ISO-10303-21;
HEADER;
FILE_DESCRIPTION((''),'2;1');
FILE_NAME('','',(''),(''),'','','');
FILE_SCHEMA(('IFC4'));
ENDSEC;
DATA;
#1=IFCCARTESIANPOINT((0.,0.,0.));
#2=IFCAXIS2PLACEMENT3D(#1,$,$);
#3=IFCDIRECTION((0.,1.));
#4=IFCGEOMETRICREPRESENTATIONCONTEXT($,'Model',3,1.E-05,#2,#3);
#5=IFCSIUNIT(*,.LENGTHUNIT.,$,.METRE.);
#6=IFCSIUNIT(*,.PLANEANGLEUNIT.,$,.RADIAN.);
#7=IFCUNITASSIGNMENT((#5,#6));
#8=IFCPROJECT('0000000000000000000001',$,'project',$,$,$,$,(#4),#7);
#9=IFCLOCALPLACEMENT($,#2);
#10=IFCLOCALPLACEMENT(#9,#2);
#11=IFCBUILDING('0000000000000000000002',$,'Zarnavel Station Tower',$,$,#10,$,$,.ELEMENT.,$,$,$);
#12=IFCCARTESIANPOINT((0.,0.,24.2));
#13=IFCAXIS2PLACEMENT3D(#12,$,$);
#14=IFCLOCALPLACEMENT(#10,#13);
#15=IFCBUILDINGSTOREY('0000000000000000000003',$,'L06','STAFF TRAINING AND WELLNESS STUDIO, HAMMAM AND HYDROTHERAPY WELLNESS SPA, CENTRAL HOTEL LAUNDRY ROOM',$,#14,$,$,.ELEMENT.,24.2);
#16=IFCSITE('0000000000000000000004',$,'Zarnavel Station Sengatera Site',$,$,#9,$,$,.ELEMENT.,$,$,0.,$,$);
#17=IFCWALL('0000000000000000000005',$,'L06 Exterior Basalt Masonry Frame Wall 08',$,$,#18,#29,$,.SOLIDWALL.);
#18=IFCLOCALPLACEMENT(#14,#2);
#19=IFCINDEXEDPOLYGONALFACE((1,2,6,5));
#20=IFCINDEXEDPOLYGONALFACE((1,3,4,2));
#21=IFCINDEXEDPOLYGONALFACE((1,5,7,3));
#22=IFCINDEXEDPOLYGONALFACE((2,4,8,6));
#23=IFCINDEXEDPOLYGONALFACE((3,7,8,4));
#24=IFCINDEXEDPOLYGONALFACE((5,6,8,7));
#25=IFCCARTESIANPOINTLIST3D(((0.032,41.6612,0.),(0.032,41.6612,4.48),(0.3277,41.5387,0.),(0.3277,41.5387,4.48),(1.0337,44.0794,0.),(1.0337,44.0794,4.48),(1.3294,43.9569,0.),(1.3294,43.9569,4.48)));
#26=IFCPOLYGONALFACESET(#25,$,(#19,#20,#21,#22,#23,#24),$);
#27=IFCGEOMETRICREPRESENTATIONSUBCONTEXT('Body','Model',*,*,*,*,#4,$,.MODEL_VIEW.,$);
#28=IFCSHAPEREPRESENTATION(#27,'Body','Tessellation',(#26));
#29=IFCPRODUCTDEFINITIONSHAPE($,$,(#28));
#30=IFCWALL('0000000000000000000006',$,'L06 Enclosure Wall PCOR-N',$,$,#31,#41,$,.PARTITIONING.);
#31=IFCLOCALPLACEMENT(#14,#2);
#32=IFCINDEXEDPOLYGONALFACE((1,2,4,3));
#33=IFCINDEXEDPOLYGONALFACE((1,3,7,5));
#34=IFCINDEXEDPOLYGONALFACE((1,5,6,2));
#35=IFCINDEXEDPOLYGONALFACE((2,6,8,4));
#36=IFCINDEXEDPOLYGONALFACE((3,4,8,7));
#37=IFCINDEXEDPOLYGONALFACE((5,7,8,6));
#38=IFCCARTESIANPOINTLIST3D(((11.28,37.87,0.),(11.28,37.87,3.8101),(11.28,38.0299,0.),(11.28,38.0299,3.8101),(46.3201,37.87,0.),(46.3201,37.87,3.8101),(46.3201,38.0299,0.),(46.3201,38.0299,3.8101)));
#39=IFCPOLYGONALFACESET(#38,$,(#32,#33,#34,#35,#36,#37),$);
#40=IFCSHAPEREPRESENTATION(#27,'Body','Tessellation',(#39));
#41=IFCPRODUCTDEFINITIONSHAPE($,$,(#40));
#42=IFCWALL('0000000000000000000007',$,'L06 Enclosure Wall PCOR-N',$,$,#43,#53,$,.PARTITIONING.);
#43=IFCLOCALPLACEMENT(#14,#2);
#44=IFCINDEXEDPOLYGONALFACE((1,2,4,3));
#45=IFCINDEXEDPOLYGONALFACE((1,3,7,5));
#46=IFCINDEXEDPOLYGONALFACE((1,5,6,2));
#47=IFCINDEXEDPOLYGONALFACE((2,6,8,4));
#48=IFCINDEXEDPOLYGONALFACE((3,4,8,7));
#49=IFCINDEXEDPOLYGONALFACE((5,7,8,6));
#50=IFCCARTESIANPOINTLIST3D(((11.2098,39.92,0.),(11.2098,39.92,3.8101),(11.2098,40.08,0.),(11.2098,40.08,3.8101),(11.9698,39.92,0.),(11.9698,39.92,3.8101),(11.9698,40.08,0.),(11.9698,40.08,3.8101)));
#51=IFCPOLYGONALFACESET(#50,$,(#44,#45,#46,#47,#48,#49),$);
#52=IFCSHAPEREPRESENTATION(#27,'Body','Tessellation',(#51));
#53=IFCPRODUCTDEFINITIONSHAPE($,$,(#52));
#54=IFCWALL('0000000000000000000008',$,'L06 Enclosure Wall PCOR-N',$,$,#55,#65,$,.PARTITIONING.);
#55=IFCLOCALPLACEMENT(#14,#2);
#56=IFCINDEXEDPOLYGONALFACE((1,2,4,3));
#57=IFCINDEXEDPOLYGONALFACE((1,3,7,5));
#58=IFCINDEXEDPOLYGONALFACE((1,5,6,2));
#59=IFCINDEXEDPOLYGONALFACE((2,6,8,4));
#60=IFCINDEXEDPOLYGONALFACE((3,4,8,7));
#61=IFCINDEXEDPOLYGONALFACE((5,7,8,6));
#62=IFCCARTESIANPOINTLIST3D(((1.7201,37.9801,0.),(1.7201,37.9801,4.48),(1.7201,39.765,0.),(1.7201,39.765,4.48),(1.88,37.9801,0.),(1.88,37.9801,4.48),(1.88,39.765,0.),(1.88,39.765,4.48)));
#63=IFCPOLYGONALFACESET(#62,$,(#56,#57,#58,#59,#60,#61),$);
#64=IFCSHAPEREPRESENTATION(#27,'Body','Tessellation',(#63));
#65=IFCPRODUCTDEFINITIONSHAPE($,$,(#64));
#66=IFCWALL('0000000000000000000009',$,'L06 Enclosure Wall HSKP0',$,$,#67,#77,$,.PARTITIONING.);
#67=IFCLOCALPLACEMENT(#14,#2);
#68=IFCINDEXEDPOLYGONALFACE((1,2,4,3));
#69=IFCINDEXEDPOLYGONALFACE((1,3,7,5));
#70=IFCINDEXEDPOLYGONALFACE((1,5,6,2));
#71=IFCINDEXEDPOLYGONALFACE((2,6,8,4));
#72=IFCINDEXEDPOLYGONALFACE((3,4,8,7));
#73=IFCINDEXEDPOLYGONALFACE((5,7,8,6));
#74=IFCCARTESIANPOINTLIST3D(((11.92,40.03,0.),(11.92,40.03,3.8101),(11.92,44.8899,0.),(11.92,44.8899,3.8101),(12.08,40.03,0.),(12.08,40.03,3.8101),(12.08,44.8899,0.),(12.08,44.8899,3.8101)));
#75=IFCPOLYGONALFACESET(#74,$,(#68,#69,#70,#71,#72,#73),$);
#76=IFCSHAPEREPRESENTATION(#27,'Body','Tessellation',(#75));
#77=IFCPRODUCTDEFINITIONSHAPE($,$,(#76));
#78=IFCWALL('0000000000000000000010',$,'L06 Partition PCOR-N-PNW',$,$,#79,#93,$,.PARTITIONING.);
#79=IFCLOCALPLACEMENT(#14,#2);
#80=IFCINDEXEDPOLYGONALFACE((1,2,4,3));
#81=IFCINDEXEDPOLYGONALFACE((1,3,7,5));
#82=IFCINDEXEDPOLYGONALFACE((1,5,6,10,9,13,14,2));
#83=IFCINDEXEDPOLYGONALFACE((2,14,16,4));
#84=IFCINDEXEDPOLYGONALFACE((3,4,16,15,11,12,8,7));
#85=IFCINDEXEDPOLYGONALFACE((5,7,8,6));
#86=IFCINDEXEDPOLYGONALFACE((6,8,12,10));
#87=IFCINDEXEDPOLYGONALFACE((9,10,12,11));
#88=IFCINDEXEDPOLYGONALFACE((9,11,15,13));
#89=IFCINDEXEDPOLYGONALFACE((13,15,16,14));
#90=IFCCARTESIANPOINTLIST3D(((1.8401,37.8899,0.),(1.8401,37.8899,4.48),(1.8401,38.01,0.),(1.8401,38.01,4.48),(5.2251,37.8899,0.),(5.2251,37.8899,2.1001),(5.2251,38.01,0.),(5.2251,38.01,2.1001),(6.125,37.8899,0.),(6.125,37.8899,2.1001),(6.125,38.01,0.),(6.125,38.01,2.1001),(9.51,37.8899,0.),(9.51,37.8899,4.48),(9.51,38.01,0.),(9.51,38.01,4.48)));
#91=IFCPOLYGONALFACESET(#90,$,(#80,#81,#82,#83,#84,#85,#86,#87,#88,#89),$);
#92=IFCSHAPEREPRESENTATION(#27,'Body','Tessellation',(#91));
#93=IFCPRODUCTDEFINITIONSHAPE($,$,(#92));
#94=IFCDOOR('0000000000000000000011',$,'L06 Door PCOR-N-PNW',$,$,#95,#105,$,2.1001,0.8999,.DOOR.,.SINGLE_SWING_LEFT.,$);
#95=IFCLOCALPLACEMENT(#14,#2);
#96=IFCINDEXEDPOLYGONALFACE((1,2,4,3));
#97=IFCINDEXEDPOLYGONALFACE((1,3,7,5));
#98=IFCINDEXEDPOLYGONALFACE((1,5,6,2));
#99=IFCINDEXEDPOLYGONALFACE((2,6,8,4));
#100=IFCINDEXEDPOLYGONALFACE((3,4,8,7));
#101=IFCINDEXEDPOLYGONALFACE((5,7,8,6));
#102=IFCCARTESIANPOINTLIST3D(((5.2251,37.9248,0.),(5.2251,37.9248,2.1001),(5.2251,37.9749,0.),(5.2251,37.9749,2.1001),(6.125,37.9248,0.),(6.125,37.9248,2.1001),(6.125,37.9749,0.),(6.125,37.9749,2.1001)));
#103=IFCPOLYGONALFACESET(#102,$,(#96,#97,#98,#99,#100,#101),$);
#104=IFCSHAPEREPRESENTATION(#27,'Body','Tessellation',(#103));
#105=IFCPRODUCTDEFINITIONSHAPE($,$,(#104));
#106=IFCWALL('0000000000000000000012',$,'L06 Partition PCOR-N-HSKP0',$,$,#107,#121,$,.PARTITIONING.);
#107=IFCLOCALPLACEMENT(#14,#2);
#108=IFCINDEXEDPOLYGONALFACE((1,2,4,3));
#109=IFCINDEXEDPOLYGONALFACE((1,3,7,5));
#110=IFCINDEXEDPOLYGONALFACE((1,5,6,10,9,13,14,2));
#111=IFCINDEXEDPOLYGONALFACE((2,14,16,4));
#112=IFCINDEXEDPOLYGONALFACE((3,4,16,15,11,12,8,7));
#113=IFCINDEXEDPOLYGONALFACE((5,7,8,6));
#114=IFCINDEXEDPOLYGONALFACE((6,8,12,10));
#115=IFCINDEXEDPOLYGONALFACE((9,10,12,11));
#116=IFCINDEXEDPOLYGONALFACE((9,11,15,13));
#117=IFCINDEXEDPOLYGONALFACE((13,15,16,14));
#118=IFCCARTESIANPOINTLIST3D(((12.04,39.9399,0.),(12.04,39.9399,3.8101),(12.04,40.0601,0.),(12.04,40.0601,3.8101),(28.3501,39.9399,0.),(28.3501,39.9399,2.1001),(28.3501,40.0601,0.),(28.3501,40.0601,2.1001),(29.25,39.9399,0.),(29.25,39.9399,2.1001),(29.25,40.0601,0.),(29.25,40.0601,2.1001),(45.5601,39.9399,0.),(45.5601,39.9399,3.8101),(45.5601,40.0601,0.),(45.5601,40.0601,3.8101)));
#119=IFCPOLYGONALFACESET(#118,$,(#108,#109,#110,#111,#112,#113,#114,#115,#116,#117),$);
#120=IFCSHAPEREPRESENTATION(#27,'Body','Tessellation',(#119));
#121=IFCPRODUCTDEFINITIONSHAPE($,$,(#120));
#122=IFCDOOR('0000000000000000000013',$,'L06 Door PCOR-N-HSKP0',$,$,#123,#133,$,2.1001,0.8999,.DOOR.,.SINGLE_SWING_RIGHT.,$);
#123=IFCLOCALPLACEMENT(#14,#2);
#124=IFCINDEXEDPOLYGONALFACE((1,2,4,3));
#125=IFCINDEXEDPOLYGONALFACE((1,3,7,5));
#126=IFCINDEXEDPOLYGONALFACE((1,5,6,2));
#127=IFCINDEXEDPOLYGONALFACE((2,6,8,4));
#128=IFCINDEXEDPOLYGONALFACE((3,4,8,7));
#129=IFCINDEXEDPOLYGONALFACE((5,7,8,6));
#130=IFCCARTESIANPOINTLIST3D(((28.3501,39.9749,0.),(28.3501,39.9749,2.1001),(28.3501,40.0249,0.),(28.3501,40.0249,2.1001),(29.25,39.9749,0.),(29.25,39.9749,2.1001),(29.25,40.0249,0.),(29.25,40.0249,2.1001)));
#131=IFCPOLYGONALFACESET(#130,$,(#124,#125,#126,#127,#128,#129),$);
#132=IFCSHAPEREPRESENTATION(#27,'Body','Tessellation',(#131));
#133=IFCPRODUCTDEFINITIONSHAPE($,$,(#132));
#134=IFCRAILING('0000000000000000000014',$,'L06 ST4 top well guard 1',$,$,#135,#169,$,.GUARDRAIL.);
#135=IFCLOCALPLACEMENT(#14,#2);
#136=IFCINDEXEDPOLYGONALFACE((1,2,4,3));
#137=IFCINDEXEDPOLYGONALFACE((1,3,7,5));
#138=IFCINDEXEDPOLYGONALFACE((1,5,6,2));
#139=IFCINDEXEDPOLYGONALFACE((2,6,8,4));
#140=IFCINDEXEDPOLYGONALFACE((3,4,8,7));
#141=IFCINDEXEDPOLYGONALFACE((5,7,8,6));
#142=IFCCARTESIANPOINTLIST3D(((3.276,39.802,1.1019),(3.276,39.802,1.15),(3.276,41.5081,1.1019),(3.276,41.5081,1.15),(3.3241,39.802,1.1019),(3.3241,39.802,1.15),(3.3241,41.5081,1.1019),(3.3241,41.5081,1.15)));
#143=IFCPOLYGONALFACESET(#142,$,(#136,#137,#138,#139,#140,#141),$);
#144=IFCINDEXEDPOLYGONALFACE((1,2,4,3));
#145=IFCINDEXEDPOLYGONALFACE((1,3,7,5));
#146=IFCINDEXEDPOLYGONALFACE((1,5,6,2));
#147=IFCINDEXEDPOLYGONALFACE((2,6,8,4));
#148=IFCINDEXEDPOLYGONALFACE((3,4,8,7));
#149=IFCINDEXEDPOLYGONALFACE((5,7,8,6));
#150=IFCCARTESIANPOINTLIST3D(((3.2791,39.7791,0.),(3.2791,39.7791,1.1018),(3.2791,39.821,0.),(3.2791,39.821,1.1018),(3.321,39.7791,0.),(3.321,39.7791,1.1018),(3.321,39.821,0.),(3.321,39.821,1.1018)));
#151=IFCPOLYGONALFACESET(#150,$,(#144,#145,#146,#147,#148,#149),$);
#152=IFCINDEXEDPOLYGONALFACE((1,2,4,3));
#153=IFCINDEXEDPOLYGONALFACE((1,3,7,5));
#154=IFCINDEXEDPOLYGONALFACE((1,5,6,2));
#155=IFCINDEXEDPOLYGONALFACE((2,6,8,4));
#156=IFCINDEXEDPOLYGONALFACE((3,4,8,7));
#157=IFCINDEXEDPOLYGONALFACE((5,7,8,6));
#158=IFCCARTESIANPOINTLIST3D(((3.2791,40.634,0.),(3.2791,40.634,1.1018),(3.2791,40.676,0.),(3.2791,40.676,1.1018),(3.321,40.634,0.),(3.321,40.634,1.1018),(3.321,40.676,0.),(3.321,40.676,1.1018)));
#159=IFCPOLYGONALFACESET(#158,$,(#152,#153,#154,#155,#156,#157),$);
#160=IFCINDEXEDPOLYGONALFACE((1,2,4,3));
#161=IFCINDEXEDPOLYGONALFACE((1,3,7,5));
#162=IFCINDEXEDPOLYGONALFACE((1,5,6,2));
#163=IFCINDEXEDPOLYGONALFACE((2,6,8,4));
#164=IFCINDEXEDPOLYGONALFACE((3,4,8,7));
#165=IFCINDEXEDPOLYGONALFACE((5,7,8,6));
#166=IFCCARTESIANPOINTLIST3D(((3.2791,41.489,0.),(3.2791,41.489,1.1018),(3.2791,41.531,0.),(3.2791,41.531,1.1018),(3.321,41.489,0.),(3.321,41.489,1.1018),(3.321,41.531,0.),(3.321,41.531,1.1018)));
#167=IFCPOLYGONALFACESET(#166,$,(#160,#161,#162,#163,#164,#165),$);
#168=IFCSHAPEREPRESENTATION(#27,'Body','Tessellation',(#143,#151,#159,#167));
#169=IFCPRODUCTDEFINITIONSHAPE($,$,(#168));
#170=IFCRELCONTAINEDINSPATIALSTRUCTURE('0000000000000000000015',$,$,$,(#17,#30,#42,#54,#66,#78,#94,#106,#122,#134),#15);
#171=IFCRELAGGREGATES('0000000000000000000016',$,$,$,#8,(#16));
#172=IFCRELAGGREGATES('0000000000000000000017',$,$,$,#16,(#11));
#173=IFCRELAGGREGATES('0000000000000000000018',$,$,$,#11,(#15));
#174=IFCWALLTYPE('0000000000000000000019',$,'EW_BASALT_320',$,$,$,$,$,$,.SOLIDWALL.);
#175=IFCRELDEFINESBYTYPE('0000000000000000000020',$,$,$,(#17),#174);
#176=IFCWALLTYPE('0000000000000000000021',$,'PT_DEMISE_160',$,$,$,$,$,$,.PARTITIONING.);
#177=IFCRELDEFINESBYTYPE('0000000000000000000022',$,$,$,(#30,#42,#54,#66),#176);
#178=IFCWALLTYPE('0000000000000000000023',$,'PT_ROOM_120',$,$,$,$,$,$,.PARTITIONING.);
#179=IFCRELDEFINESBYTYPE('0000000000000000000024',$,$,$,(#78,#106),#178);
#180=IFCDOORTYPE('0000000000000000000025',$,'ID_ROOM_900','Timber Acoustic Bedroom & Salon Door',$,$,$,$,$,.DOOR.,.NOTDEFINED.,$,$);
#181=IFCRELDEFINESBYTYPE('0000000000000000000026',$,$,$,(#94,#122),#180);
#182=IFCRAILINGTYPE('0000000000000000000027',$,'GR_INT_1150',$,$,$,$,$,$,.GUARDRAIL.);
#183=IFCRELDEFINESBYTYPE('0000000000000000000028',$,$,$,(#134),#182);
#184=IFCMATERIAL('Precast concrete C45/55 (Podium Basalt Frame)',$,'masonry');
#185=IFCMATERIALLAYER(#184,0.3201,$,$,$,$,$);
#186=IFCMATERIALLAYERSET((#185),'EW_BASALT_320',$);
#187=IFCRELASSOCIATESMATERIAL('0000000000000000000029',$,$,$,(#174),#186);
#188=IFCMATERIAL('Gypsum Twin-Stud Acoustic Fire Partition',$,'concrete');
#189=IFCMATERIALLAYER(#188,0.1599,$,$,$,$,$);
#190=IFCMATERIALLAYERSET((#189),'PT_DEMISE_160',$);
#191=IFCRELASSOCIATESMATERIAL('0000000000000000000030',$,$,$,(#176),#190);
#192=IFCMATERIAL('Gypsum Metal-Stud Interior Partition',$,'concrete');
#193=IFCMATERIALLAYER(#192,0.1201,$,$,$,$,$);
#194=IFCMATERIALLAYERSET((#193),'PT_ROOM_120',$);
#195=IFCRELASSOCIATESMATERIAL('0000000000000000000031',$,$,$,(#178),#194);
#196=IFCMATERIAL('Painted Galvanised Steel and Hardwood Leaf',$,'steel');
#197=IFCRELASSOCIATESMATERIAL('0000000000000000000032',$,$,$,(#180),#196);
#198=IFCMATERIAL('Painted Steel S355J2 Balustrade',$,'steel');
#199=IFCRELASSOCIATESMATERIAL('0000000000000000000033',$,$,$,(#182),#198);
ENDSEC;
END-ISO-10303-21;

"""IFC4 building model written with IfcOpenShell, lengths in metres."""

from ifc_helpers import new_model, si_unit, direction, frame, frame_2d, origin, origin_2d, place, context, subcontext, project, spatial, rectangle, extrude, material, layer, layer_set, type_object, element, fill, save


model = new_model("IFC4")

# Units and contexts
model_context = context("Model", 3, precision=1e-05, world=origin(), true_north=direction((0.0, 1.0)))
body_context = subcontext(model_context, "Body", "Model", "MODEL_VIEW")
ifc_project = project(units=[si_unit("LENGTHUNIT", "METRE"), si_unit("PLANEANGLEUNIT", "RADIAN")], contexts=[model_context])

# Site, building, storey
site_placement = place(None, origin())
site = spatial("IfcSite", under=ifc_project, at=site_placement, Name="Zarnavel Station Sengatera Site", CompositionType="ELEMENT", RefElevation=0.0)
building_placement = place(site_placement, origin())
building = spatial("IfcBuilding", under=site, at=building_placement, Name="Zarnavel Station Tower", CompositionType="ELEMENT")
storey_placement = place(building_placement, frame((0.0, 0.0, 24.2)))
storey = spatial("IfcBuildingStorey", under=building, at=storey_placement, Name="L06", Description="STAFF TRAINING AND WELLNESS STUDIO, HAMMAM AND HYDROTHERAPY WELLNESS SPA, CENTRAL HOTEL LAUNDRY ROOM", CompositionType="ELEMENT", Elevation=24.2)

# Walls
ifc_material_1 = material(Name="Precast concrete C45/55 (Podium Basalt Frame)", Category="masonry")
ifc_layer_1 = layer(ifc_material_1, 0.3201)
ifc_layer_set_1 = layer_set([ifc_layer_1], Name="EW_BASALT_320")
wall_type_1 = type_object("IfcWallType", Name="EW_BASALT_320", PredefinedType="SOLIDWALL", material=ifc_layer_set_1)
wall_1_placement = place(storey_placement, frame((0.1799, 41.6001, 0.0), z_axis=(0.0, 0.0, 1.0), x_axis=(0.382701, 0.923872, 0.0)))
element("IfcWall", 1, at=wall_1_placement, inside=storey, type_object=wall_type_1, Name="L06 Exterior Basalt Masonry Frame Wall 08", PredefinedType="SOLIDWALL", context=body_context, shape_type="SweptSolid", body=[
    extrude(rectangle(XDim=2.6174, YDim=0.3201, at=frame_2d((1.3086, 0.0))), origin(), (0.0, 0.0, 1.0), 4.48),
])
ifc_material_2 = material(Name="Gypsum Twin-Stud Acoustic Fire Partition", Category="concrete")
ifc_layer_2 = layer(ifc_material_2, 0.1599)
ifc_layer_set_2 = layer_set([ifc_layer_2], Name="PT_DEMISE_160")
wall_type_2 = type_object("IfcWallType", Name="PT_DEMISE_160", PredefinedType="PARTITIONING", material=ifc_layer_set_2)
wall_2_placement = place(storey_placement, frame((11.28, 37.95, 0.0), z_axis=(0.0, 0.0, 1.0), x_axis=(1.0, 0.0, 0.0)))
element("IfcWall", 2, at=wall_2_placement, inside=storey, type_object=wall_type_2, Name="L06 Enclosure Wall PCOR-N", PredefinedType="PARTITIONING", context=body_context, shape_type="SweptSolid", body=[
    extrude(rectangle(XDim=35.04, YDim=0.1599, at=frame_2d((17.52, 0.0))), origin(), (0.0, 0.0, 1.0), 3.8101),
])
wall_3_placement = place(storey_placement, frame((11.21, 40.0, 0.0), z_axis=(0.0, 0.0, 1.0), x_axis=(1.0, 0.0, 0.0)))
element("IfcWall", 3, at=wall_3_placement, inside=storey, type_object=wall_type_2, Name="L06 Enclosure Wall PCOR-N", PredefinedType="PARTITIONING", context=body_context, shape_type="SweptSolid", body=[
    extrude(rectangle(XDim=0.76, YDim=0.1599, at=frame_2d((0.3799, 0.0))), origin(), (0.0, 0.0, 1.0), 3.8101),
])
wall_4_placement = place(storey_placement, frame((1.8, 37.98, 0.0), z_axis=(0.0, 0.0, 1.0), x_axis=(0.0, 1.0, 0.0)))
element("IfcWall", 4, at=wall_4_placement, inside=storey, type_object=wall_type_2, Name="L06 Enclosure Wall PCOR-N", PredefinedType="PARTITIONING", context=body_context, shape_type="SweptSolid", body=[
    extrude(rectangle(XDim=1.7849, YDim=0.1599, at=frame_2d((0.8926, 0.0))), origin(), (0.0, 0.0, 1.0), 4.48),
])
wall_5_placement = place(storey_placement, frame((12.0, 40.03, 0.0), z_axis=(0.0, 0.0, 1.0), x_axis=(0.0, 1.0, 0.0)))
element("IfcWall", 5, at=wall_5_placement, inside=storey, type_object=wall_type_2, Name="L06 Enclosure Wall HSKP0", PredefinedType="PARTITIONING", context=body_context, shape_type="SweptSolid", body=[
    extrude(rectangle(XDim=4.8599, YDim=0.1599, at=frame_2d((2.4299, 0.0))), origin(), (0.0, 0.0, 1.0), 3.8101),
])

# Walls, openings, doors
ifc_material_3 = material(Name="Gypsum Metal-Stud Interior Partition", Category="concrete")
ifc_layer_3 = layer(ifc_material_3, 0.1201)
ifc_layer_set_3 = layer_set([ifc_layer_3], Name="PT_ROOM_120")
wall_type_3 = type_object("IfcWallType", Name="PT_ROOM_120", PredefinedType="PARTITIONING", material=ifc_layer_set_3)
wall_6_placement = place(storey_placement, frame((1.8401, 37.95, 0.0), z_axis=(0.0, 0.0, 1.0), x_axis=(1.0, 0.0, 0.0)))
wall_6 = element("IfcWall", 6, at=wall_6_placement, inside=storey, type_object=wall_type_3, Name="L06 Partition PCOR-N-PNW", PredefinedType="PARTITIONING", context=body_context, shape_type="SweptSolid", body=[
    extrude(rectangle(XDim=7.6699, YDim=0.1201, at=frame_2d((3.835, 0.0))), origin(), (0.0, 0.0, 1.0), 4.48),
])
opening_1_placement = place(wall_6_placement, frame((3.385, 0.0, 0.0)))
opening_1 = element("IfcOpeningElement", 7, at=opening_1_placement, cuts=wall_6, PredefinedType="OPENING", context=body_context, shape_type="SweptSolid", body=[
    extrude(rectangle(XDim=0.8999, YDim=2.1001, at=frame_2d((0.45, 1.05))), frame((0.0, 0.0701, 0.0), z_axis=(0.0, -1.0, 0.0), x_axis=(1.0, 0.0, 0.0)), (0.0, 0.0, 1.0), 0.1401),
])
ifc_material_4 = material(Name="Painted Galvanised Steel and Hardwood Leaf", Category="steel")
door_type_1 = type_object("IfcDoorType", Name="ID_ROOM_900", Description="Timber Acoustic Bedroom & Salon Door", OperationType="NOTDEFINED", PredefinedType="DOOR", material=ifc_material_4)
door_1_placement = place(opening_1_placement, origin())
door_1 = element("IfcDoor", 8, at=door_1_placement, inside=storey, type_object=door_type_1, Name="L06 Door PCOR-N-PNW", OperationType="SINGLE_SWING_LEFT", OverallHeight=2.1001, OverallWidth=0.8999, PredefinedType="DOOR", context=body_context, shape_type="SweptSolid", body=[
    extrude(rectangle(XDim=0.8999, YDim=2.1001, at=frame_2d((0.45, 1.05))), frame((0.0, 0.0249, 0.0), z_axis=(0.0, -1.0, 0.0), x_axis=(1.0, 0.0, 0.0)), (0.0, 0.0, 1.0), 0.05),
])
fill(opening_1, door_1)
wall_7_placement = place(storey_placement, frame((12.04, 40.0, 0.0), z_axis=(0.0, 0.0, 1.0), x_axis=(1.0, 0.0, 0.0)))
wall_7 = element("IfcWall", 9, at=wall_7_placement, inside=storey, type_object=wall_type_3, Name="L06 Partition PCOR-N-HSKP0", PredefinedType="PARTITIONING", context=body_context, shape_type="SweptSolid", body=[
    extrude(rectangle(XDim=33.52, YDim=0.1201, at=frame_2d((16.76, 0.0))), origin(), (0.0, 0.0, 1.0), 3.8101),
])
opening_2_placement = place(wall_7_placement, frame((16.3101, 0.0, 0.0)))
opening_2 = element("IfcOpeningElement", 10, at=opening_2_placement, cuts=wall_7, PredefinedType="OPENING", context=body_context, shape_type="SweptSolid", body=[
    extrude(rectangle(XDim=0.8999, YDim=2.1001, at=frame_2d((0.45, 1.05))), frame((0.0, 0.0701, 0.0), z_axis=(0.0, -1.0, 0.0), x_axis=(1.0, 0.0, 0.0)), (0.0, 0.0, 1.0), 0.1401),
])
door_2_placement = place(opening_2_placement, origin())
door_2 = element("IfcDoor", 11, at=door_2_placement, inside=storey, type_object=door_type_1, Name="L06 Door PCOR-N-HSKP0", OperationType="SINGLE_SWING_RIGHT", OverallHeight=2.1001, OverallWidth=0.8999, PredefinedType="DOOR", context=body_context, shape_type="SweptSolid", body=[
    extrude(rectangle(XDim=0.8999, YDim=2.1001, at=frame_2d((0.45, 1.05))), frame((0.0, 0.0249, 0.0), z_axis=(0.0, -1.0, 0.0), x_axis=(1.0, 0.0, 0.0)), (0.0, 0.0, 1.0), 0.05),
])
fill(opening_2, door_2)

# Railing
ifc_material_5 = material(Name="Painted Steel S355J2 Balustrade", Category="steel")
railing_type = type_object("IfcRailingType", Name="GR_INT_1150", PredefinedType="GUARDRAIL", material=ifc_material_5)
railing_placement = place(storey_placement, frame((3.3, 39.8, 0.0)))
element("IfcRailing", 12, at=railing_placement, inside=storey, type_object=railing_type, Name="L06 ST4 top well guard 1", PredefinedType="GUARDRAIL", context=body_context, shape_type="SweptSolid", body=[
    extrude(rectangle(XDim=0.0481, YDim=0.0481, at=origin_2d()), frame((0.0, 0.002, 1.126), z_axis=(0.0, 1.0, 0.0), x_axis=(-1.0, 0.0, 0.0)), (0.0, 0.0, 1.0), 1.7061),
    extrude(rectangle(XDim=0.042, YDim=0.042, at=origin_2d()), origin(), (0.0, 0.0, 1.0), 1.1018),
    extrude(rectangle(XDim=0.042, YDim=0.042, at=origin_2d()), frame((0.0, 0.855, 0.0)), (0.0, 0.0, 1.0), 1.1018),
    extrude(rectangle(XDim=0.042, YDim=0.042, at=origin_2d()), frame((0.0, 1.71, 0.0)), (0.0, 0.0, 1.0), 1.1018),
])

save(model, "model.ifc")
